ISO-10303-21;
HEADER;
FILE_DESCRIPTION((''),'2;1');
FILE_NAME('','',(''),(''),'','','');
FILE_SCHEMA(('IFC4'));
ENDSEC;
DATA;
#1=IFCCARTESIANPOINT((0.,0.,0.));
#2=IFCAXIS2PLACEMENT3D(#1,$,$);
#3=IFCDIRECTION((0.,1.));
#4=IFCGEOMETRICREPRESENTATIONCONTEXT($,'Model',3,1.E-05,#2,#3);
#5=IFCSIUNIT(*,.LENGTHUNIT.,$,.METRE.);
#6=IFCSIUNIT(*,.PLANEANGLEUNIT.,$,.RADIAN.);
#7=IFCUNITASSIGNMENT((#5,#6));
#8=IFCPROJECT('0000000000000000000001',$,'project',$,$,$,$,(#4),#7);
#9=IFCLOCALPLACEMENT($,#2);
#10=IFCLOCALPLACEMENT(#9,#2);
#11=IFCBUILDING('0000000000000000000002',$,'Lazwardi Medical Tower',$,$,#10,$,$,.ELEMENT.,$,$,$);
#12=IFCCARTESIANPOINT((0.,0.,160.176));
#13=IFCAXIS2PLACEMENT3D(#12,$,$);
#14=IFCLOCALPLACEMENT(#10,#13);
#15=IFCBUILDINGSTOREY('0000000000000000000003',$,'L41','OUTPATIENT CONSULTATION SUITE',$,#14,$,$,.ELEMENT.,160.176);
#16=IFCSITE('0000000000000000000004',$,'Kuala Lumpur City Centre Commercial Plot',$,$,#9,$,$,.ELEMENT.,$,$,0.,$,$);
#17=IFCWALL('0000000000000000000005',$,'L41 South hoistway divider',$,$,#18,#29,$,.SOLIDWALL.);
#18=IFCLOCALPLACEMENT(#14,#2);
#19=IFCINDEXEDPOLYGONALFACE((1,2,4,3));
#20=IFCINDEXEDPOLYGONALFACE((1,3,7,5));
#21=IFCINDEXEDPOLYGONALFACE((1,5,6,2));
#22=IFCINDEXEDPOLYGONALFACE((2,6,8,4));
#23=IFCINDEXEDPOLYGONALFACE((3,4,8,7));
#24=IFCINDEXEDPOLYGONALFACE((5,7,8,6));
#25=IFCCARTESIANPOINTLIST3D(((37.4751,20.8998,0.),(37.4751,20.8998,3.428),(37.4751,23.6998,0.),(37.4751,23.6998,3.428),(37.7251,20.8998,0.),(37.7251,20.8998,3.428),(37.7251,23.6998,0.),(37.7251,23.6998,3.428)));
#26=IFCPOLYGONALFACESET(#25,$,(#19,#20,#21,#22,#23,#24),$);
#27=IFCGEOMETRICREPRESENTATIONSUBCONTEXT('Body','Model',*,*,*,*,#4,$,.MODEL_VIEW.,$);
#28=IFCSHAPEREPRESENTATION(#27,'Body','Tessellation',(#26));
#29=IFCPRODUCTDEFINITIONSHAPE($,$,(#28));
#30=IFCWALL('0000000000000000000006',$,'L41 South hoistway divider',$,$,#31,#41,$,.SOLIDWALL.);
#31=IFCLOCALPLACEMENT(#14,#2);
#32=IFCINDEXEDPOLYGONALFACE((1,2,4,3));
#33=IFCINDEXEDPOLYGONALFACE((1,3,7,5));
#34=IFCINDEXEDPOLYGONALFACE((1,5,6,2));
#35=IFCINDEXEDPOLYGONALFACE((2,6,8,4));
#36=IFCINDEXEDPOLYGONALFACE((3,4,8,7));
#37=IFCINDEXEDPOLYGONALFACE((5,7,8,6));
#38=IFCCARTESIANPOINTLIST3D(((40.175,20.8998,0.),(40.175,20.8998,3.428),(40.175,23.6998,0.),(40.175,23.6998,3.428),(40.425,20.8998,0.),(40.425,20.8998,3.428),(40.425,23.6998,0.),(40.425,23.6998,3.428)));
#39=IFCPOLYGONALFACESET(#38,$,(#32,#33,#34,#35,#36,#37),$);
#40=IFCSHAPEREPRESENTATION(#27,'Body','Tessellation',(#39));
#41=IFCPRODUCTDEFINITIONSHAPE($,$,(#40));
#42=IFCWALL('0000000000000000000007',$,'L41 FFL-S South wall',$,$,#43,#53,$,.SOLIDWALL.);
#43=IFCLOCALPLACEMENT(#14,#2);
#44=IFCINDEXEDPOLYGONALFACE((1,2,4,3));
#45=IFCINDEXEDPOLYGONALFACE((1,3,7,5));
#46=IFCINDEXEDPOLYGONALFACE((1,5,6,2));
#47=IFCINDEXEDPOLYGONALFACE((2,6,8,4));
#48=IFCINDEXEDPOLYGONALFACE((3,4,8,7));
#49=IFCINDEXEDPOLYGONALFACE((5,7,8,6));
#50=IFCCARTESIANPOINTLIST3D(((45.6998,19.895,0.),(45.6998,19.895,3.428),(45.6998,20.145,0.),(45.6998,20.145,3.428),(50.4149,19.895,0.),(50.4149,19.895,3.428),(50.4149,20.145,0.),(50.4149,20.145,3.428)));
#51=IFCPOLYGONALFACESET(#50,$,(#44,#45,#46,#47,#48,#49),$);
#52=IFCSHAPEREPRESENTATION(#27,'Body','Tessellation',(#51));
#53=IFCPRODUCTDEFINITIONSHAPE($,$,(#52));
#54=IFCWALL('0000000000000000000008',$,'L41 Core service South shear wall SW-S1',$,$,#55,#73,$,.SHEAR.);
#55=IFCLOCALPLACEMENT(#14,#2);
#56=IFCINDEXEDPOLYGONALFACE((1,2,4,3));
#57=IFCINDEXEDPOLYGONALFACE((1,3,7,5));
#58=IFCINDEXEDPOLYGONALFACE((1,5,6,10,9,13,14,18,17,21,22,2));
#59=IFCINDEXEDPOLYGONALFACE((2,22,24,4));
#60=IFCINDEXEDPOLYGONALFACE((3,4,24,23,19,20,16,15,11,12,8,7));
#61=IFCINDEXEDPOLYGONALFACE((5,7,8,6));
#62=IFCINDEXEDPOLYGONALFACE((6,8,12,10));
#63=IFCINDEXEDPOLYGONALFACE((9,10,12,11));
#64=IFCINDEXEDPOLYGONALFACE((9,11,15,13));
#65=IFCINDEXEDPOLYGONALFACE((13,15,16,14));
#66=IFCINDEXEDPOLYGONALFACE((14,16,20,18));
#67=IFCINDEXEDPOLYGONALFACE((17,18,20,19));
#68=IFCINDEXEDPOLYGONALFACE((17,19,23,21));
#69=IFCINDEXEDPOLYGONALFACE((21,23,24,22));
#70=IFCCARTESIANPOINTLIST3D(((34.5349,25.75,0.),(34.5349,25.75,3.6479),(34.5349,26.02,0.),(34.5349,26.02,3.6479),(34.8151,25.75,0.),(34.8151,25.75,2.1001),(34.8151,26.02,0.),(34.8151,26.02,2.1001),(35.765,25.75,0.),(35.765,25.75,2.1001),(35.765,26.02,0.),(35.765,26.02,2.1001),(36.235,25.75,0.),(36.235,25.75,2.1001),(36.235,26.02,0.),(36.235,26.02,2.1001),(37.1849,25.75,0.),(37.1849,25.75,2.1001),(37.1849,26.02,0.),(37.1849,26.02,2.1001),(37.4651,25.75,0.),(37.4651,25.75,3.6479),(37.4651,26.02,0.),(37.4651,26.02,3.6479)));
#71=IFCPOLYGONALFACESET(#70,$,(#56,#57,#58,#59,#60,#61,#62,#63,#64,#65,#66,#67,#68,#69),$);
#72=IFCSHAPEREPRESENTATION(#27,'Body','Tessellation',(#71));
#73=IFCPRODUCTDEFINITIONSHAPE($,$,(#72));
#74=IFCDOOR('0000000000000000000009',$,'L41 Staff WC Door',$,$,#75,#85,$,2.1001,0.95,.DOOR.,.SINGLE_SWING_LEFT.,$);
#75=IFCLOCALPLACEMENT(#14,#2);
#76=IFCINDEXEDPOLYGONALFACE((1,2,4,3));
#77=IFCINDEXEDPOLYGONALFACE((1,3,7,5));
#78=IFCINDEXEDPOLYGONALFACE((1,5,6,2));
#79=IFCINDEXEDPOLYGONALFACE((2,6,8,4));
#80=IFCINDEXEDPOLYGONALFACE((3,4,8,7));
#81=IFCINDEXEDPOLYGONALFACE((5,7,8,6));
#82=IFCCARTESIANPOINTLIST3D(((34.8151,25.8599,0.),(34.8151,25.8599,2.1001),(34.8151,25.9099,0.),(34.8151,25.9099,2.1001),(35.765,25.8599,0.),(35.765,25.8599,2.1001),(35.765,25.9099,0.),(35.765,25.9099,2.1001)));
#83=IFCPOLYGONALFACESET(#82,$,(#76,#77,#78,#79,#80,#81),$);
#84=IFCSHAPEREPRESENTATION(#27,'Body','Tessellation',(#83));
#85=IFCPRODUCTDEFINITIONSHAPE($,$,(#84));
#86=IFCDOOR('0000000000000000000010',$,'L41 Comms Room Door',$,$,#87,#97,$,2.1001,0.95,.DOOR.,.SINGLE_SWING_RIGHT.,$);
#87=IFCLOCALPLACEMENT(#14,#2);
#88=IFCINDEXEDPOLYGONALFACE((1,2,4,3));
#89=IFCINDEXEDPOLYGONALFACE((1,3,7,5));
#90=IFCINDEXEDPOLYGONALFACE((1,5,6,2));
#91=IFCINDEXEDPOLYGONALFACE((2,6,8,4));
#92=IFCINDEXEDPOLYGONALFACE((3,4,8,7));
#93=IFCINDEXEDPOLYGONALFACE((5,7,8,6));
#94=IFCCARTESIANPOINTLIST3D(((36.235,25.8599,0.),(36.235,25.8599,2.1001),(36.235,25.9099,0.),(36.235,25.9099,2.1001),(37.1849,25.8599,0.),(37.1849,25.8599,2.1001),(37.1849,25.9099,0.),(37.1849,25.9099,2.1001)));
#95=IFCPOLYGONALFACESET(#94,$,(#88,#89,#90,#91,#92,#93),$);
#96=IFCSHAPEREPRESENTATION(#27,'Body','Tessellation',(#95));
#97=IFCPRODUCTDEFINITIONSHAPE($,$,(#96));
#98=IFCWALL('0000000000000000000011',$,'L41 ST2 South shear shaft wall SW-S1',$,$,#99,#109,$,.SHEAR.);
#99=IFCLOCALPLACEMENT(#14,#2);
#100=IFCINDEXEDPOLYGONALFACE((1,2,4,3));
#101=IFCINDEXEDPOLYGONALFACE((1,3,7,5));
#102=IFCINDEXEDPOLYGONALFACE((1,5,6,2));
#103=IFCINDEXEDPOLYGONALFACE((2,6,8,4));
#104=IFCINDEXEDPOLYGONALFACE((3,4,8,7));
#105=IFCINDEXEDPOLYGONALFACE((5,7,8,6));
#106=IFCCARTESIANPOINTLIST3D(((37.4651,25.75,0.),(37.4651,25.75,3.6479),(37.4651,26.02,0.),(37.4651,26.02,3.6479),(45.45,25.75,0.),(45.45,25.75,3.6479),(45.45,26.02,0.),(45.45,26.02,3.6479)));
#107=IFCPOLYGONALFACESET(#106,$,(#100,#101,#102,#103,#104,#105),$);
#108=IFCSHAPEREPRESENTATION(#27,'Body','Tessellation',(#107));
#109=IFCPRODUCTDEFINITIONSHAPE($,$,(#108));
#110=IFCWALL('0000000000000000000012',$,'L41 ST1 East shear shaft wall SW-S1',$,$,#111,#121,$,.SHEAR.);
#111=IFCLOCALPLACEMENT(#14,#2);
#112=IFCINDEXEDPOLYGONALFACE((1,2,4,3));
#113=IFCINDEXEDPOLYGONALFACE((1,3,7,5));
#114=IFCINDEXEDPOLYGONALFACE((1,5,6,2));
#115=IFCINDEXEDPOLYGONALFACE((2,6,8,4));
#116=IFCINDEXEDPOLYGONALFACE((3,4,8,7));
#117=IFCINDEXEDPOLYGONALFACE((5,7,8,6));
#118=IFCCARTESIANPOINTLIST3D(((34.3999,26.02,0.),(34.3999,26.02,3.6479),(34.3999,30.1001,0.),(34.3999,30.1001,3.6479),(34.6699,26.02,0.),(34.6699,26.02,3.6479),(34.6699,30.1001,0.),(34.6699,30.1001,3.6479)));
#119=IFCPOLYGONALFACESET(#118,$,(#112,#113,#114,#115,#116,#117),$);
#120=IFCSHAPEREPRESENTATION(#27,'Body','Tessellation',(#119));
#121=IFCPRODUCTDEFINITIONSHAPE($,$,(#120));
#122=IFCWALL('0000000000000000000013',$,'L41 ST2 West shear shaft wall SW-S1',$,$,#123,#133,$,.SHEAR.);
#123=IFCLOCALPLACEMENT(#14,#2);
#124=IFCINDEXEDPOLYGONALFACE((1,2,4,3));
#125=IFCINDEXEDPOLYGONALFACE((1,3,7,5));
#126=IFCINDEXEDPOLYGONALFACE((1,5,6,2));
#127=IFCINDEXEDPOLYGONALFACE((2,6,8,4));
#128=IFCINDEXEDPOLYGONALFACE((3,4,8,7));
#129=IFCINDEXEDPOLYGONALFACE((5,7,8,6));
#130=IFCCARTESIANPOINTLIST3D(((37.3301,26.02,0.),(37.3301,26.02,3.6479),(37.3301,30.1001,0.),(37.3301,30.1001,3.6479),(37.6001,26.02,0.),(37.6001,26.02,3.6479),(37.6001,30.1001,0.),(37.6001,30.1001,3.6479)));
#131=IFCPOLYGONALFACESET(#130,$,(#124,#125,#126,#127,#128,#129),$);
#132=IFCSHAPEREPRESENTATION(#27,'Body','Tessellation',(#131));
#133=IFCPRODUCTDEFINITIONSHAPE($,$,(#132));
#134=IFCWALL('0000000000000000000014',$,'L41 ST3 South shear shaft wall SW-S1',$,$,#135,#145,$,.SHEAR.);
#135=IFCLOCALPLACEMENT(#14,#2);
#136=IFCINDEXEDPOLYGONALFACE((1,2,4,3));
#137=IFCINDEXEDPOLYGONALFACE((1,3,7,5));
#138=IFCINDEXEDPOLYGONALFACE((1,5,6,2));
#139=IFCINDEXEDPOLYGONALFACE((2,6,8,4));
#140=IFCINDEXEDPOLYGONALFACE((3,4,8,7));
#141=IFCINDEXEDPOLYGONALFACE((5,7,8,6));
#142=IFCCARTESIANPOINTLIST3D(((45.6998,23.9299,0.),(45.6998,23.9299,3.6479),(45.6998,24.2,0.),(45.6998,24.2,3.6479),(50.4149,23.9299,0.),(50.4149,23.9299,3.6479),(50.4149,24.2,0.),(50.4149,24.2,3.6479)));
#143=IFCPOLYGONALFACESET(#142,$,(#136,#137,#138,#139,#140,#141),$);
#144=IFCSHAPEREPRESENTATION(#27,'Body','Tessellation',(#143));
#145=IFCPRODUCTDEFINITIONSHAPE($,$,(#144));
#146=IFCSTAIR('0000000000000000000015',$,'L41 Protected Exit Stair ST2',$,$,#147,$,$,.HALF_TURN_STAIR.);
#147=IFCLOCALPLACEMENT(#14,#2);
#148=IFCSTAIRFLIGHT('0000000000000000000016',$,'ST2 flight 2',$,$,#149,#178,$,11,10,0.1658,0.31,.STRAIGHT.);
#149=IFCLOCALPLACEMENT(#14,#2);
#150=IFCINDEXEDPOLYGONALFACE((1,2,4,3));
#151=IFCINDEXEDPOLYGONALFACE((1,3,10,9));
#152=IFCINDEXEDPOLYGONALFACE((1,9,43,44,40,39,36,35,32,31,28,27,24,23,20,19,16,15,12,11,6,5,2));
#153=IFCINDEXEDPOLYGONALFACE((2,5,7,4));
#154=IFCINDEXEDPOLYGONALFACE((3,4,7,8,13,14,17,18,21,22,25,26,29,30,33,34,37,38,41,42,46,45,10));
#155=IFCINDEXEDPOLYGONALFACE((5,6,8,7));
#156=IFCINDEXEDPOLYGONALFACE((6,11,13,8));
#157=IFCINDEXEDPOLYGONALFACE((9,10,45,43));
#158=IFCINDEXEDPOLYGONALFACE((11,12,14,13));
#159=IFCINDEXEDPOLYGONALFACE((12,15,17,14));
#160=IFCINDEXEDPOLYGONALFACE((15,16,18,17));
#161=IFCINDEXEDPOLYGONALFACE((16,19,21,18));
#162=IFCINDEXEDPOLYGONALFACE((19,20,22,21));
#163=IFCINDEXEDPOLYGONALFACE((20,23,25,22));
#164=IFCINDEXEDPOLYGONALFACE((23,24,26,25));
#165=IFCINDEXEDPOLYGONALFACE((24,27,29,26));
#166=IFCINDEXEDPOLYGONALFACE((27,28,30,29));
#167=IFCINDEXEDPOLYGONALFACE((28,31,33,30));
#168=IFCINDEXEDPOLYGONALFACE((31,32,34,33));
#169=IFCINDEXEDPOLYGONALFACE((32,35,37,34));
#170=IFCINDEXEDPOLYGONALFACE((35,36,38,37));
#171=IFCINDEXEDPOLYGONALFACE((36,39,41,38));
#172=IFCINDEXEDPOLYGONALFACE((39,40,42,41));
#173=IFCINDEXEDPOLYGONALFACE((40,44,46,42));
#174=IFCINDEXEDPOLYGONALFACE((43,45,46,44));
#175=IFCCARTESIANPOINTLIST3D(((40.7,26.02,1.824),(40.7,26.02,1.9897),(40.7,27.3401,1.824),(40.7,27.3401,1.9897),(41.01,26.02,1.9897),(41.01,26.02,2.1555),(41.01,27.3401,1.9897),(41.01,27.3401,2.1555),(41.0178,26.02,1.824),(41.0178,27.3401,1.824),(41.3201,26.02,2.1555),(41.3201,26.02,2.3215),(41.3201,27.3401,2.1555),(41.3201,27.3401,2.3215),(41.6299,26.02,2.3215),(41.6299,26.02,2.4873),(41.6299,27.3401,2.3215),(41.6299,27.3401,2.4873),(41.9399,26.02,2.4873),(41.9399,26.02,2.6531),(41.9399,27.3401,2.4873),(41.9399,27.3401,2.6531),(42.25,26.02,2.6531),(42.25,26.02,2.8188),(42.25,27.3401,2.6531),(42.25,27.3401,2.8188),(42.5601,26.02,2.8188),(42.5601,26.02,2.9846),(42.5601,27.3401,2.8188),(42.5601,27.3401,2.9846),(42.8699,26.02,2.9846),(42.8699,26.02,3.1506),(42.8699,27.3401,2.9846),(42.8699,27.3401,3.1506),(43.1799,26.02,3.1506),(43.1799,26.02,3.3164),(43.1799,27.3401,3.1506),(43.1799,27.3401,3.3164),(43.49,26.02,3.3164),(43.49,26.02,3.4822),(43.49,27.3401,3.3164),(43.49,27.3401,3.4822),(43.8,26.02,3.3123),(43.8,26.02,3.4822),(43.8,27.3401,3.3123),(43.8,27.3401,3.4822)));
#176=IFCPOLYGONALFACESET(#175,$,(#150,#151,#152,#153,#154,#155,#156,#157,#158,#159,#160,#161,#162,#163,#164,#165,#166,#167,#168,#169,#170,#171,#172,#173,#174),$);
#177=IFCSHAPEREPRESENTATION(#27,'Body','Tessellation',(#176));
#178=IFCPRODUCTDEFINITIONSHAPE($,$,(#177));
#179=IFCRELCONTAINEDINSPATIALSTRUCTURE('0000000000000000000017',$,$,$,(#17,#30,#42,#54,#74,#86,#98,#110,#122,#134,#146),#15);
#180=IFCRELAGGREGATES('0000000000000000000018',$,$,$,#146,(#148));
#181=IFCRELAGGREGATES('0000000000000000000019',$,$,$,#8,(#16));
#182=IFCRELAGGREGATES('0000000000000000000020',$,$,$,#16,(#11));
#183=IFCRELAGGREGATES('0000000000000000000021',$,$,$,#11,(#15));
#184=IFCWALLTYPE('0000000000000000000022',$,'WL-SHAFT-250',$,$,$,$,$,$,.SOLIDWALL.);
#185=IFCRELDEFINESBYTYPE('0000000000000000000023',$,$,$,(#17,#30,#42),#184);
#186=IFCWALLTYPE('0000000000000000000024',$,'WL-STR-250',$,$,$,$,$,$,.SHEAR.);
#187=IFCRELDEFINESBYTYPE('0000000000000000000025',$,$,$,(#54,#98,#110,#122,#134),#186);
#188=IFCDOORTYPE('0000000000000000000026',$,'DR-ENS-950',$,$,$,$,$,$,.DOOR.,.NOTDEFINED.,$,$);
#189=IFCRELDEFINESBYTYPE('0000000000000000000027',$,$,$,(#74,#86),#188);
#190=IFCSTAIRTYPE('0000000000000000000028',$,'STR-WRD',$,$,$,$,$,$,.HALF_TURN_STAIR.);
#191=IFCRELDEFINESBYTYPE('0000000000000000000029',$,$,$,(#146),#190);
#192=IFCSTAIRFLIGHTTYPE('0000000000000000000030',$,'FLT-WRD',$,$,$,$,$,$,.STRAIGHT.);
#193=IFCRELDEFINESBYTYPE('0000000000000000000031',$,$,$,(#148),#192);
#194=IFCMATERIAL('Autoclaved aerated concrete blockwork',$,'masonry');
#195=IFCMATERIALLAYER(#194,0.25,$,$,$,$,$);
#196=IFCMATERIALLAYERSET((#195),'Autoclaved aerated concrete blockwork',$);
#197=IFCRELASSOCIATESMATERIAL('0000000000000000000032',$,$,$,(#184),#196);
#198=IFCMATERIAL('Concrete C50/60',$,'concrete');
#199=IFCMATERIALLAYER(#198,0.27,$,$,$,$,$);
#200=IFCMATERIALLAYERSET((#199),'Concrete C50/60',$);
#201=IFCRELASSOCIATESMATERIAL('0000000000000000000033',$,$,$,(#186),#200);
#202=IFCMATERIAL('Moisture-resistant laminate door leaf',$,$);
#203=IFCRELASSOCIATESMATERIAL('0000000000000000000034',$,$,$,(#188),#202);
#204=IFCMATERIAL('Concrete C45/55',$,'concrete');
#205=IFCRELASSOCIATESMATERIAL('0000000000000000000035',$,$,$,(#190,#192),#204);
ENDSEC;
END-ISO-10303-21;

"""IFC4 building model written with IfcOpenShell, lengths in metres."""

from ifc_helpers import new_model, si_unit, direction, frame, frame_2d, origin, place, context, subcontext, project, spatial, polyline, rectangle, outline, extrude, material, layer, layer_set, type_object, element, fill, aggregate, save


model = new_model("IFC4")

# Units and contexts
model_context = context("Model", 3, precision=1e-05, world=origin(), true_north=direction((0.0, 1.0)))
body_context = subcontext(model_context, "Body", "Model", "MODEL_VIEW")
ifc_project = project(units=[si_unit("LENGTHUNIT", "METRE"), si_unit("PLANEANGLEUNIT", "RADIAN")], contexts=[model_context])

# Site, building, storey
site_placement = place(None, origin())
site = spatial("IfcSite", under=ifc_project, at=site_placement, Name="Kuala Lumpur City Centre Commercial Plot", CompositionType="ELEMENT", RefElevation=0.0)
building_placement = place(site_placement, origin())
building = spatial("IfcBuilding", under=site, at=building_placement, Name="Lazwardi Medical Tower", CompositionType="ELEMENT")
storey_placement = place(building_placement, frame((0.0, 0.0, 160.176)))
storey = spatial("IfcBuildingStorey", under=building, at=storey_placement, Name="L41", Description="OUTPATIENT CONSULTATION SUITE", CompositionType="ELEMENT", Elevation=160.176)

# Walls
ifc_material_1 = material(Name="Autoclaved aerated concrete blockwork", Category="masonry")
ifc_layer_1 = layer(ifc_material_1, 0.25)
ifc_layer_set_1 = layer_set([ifc_layer_1], Name="Autoclaved aerated concrete blockwork")
wall_type_1 = type_object("IfcWallType", Name="WL-SHAFT-250", PredefinedType="SOLIDWALL", material=ifc_layer_set_1)
for number, where, z_axis, x_axis, name in (
    (1, (37.6001, 20.8999, 0.0), (0.0, 0.0, 1.0), (0.0, 1.0, 0.0), "L41 South hoistway divider"),
    (2, (40.3, 20.8999, 0.0), (0.0, 0.0, 1.0), (0.0, 1.0, 0.0), "L41 South hoistway divider"),
):
    element("IfcWall", number, at=place(storey_placement, frame(where, z_axis=z_axis, x_axis=x_axis)), inside=storey, type_object=wall_type_1, Name=name, PredefinedType="SOLIDWALL", context=body_context, shape_type="SweptSolid", body=[
        extrude(rectangle(XDim=2.8, YDim=0.25, at=frame_2d((1.3999, 0.0))), origin(), (0.0, 0.0, 1.0), 3.428),
    ])
wall_1_placement = place(storey_placement, frame((45.7, 20.02, 0.0), z_axis=(0.0, 0.0, 1.0), x_axis=(1.0, 0.0, 0.0)))
element("IfcWall", 3, at=wall_1_placement, inside=storey, type_object=wall_type_1, Name="L41 FFL-S South wall", PredefinedType="SOLIDWALL", context=body_context, shape_type="SweptSolid", body=[
    extrude(rectangle(XDim=4.7151, YDim=0.25, at=frame_2d((2.3574, 0.0))), origin(), (0.0, 0.0, 1.0), 3.428),
])

# Wall, openings, doors
ifc_material_2 = material(Name="Concrete C50/60", Category="concrete")
ifc_layer_2 = layer(ifc_material_2, 0.27)
ifc_layer_set_2 = layer_set([ifc_layer_2], Name="Concrete C50/60")
wall_type_2 = type_object("IfcWallType", Name="WL-STR-250", PredefinedType="SHEAR", material=ifc_layer_set_2)
wall_2_placement = place(storey_placement, frame((34.5349, 25.885, 0.0), z_axis=(0.0, 0.0, 1.0), x_axis=(1.0, 0.0, 0.0)))
wall_2 = element("IfcWall", 4, at=wall_2_placement, inside=storey, type_object=wall_type_2, Name="L41 Core service South shear wall SW-S1", PredefinedType="SHEAR", context=body_context, shape_type="SweptSolid", body=[
    extrude(rectangle(XDim=2.9302, YDim=0.27, at=frame_2d((1.4651, 0.0))), origin(), (0.0, 0.0, 1.0), 3.6479),
])
opening_1_placement = place(wall_2_placement, frame((0.28, 0.0, 0.0)))
opening_1 = element("IfcOpeningElement", 5, at=opening_1_placement, cuts=wall_2, PredefinedType="OPENING", context=body_context, shape_type="SweptSolid", body=[
    extrude(rectangle(XDim=0.95, YDim=2.1001, at=frame_2d((0.4751, 1.05))), frame((0.0, 0.145, 0.0), z_axis=(0.0, -1.0, 0.0), x_axis=(1.0, 0.0, 0.0)), (0.0, 0.0, 1.0), 0.29),
])
opening_2_placement = place(wall_2_placement, frame((1.7, 0.0, 0.0)))
opening_2 = element("IfcOpeningElement", 6, at=opening_2_placement, cuts=wall_2, PredefinedType="OPENING", context=body_context, shape_type="SweptSolid", body=[
    extrude(rectangle(XDim=0.95, YDim=2.1001, at=frame_2d((0.4751, 1.05))), frame((0.0, 0.145, 0.0), z_axis=(0.0, -1.0, 0.0), x_axis=(1.0, 0.0, 0.0)), (0.0, 0.0, 1.0), 0.29),
])
ifc_material_3 = material(Name="Moisture-resistant laminate door leaf")
door_type_1 = type_object("IfcDoorType", Name="DR-ENS-950", OperationType="NOTDEFINED", PredefinedType="DOOR", material=ifc_material_3)
door_1_placement = place(opening_1_placement, origin())
door_1 = element("IfcDoor", 7, at=door_1_placement, inside=storey, type_object=door_type_1, Name="L41 Staff WC Door", OperationType="SINGLE_SWING_LEFT", OverallHeight=2.1001, OverallWidth=0.95, PredefinedType="DOOR", context=body_context, shape_type="SweptSolid", body=[
    extrude(rectangle(XDim=0.95, YDim=2.1001, at=frame_2d((0.4751, 1.05))), frame((0.0, 0.0249, 0.0), z_axis=(0.0, -1.0, 0.0), x_axis=(1.0, 0.0, 0.0)), (0.0, 0.0, 1.0), 0.05),
])
fill(opening_1, door_1)
door_2_placement = place(opening_2_placement, origin())
door_2 = element("IfcDoor", 8, at=door_2_placement, inside=storey, type_object=door_type_1, Name="L41 Comms Room Door", OperationType="SINGLE_SWING_RIGHT", OverallHeight=2.1001, OverallWidth=0.95, PredefinedType="DOOR", context=body_context, shape_type="SweptSolid", body=[
    extrude(rectangle(XDim=0.95, YDim=2.1001, at=frame_2d((0.4751, 1.05))), frame((0.0, 0.0249, 0.0), z_axis=(0.0, -1.0, 0.0), x_axis=(1.0, 0.0, 0.0)), (0.0, 0.0, 1.0), 0.05),
])
fill(opening_2, door_2)

# Walls
wall_3_placement = place(storey_placement, frame((37.4651, 25.885, 0.0), z_axis=(0.0, 0.0, 1.0), x_axis=(1.0, 0.0, 0.0)))
element("IfcWall", 9, at=wall_3_placement, inside=storey, type_object=wall_type_2, Name="L41 ST2 South shear shaft wall SW-S1", PredefinedType="SHEAR", context=body_context, shape_type="SweptSolid", body=[
    extrude(rectangle(XDim=7.9849, YDim=0.27, at=frame_2d((3.9924, 0.0))), origin(), (0.0, 0.0, 1.0), 3.6479),
])
for number, where, z_axis, x_axis, name in (
    (10, (34.5349, 26.02, 0.0), (0.0, 0.0, 1.0), (0.0, 1.0, 0.0), "L41 ST1 East shear shaft wall SW-S1"),
    (11, (37.4651, 26.02, 0.0), (0.0, 0.0, 1.0), (0.0, 1.0, 0.0), "L41 ST2 West shear shaft wall SW-S1"),
):
    element("IfcWall", number, at=place(storey_placement, frame(where, z_axis=z_axis, x_axis=x_axis)), inside=storey, type_object=wall_type_2, Name=name, PredefinedType="SHEAR", context=body_context, shape_type="SweptSolid", body=[
        extrude(rectangle(XDim=4.0801, YDim=0.27, at=frame_2d((2.04, 0.0))), origin(), (0.0, 0.0, 1.0), 3.6479),
    ])
wall_4_placement = place(storey_placement, frame((45.7, 24.0649, 0.0), z_axis=(0.0, 0.0, 1.0), x_axis=(1.0, 0.0, 0.0)))
element("IfcWall", 12, at=wall_4_placement, inside=storey, type_object=wall_type_2, Name="L41 ST3 South shear shaft wall SW-S1", PredefinedType="SHEAR", context=body_context, shape_type="SweptSolid", body=[
    extrude(rectangle(XDim=4.7151, YDim=0.27, at=frame_2d((2.3574, 0.0))), origin(), (0.0, 0.0, 1.0), 3.6479),
])

# Stair, stair flight
ifc_material_4 = material(Name="Concrete C45/55", Category="concrete")
stair_type = type_object("IfcStairType", Name="STR-WRD", PredefinedType="HALF_TURN_STAIR", material=ifc_material_4)
stair_placement = place(storey_placement, origin())
stair = element("IfcStair", 13, at=stair_placement, inside=storey, type_object=stair_type, Name="L41 Protected Exit Stair ST2", PredefinedType="HALF_TURN_STAIR")
stair_flight_type = type_object("IfcStairFlightType", Name="FLT-WRD", PredefinedType="STRAIGHT", material=ifc_material_4)
stair_flight_placement = place(storey_placement, frame((40.7, 26.6799, 1.824), z_axis=(0.0, 0.0, 1.0), x_axis=(1.0, 0.0, 0.0)))
stair_flight = element("IfcStairFlight", 14, at=stair_flight_placement, type_object=stair_flight_type, Name="ST2 flight 2", NumberOfRisers=11, NumberOfTreads=10, PredefinedType="STRAIGHT", RiserHeight=0.1658, TreadLength=0.31, context=body_context, shape_type="SweptSolid", body=[
    extrude(outline(polyline([(0.0, 0.0), (0.0, 0.1658), (0.3101, 0.1658), (0.3101, 0.3315), (0.6201, 0.3315), (0.6201, 0.4976), (0.9299, 0.4976), (0.9299, 0.6633), (1.24, 0.6633), (1.24, 0.8291), (1.55, 0.8291), (1.55, 0.9949), (1.8601, 0.9949), (1.8601, 1.1606), (2.1699, 1.1606), (2.1699, 1.3267), (2.48, 1.3267), (2.48, 1.4924), (2.79, 1.4924), (2.79, 1.6582), (3.1001, 1.6582), (3.1001, 1.824), (3.1001, 1.4883), (0.3179, 0.0), (0.0, 0.0)])), frame((0.0, 0.6602, 0.0), z_axis=(0.0, -1.0, 0.0), x_axis=(1.0, 0.0, 0.0)), (0.0, 0.0, 1.0), 1.3201),
])
aggregate(stair, [stair_flight])

save(model, "model.ifc")
